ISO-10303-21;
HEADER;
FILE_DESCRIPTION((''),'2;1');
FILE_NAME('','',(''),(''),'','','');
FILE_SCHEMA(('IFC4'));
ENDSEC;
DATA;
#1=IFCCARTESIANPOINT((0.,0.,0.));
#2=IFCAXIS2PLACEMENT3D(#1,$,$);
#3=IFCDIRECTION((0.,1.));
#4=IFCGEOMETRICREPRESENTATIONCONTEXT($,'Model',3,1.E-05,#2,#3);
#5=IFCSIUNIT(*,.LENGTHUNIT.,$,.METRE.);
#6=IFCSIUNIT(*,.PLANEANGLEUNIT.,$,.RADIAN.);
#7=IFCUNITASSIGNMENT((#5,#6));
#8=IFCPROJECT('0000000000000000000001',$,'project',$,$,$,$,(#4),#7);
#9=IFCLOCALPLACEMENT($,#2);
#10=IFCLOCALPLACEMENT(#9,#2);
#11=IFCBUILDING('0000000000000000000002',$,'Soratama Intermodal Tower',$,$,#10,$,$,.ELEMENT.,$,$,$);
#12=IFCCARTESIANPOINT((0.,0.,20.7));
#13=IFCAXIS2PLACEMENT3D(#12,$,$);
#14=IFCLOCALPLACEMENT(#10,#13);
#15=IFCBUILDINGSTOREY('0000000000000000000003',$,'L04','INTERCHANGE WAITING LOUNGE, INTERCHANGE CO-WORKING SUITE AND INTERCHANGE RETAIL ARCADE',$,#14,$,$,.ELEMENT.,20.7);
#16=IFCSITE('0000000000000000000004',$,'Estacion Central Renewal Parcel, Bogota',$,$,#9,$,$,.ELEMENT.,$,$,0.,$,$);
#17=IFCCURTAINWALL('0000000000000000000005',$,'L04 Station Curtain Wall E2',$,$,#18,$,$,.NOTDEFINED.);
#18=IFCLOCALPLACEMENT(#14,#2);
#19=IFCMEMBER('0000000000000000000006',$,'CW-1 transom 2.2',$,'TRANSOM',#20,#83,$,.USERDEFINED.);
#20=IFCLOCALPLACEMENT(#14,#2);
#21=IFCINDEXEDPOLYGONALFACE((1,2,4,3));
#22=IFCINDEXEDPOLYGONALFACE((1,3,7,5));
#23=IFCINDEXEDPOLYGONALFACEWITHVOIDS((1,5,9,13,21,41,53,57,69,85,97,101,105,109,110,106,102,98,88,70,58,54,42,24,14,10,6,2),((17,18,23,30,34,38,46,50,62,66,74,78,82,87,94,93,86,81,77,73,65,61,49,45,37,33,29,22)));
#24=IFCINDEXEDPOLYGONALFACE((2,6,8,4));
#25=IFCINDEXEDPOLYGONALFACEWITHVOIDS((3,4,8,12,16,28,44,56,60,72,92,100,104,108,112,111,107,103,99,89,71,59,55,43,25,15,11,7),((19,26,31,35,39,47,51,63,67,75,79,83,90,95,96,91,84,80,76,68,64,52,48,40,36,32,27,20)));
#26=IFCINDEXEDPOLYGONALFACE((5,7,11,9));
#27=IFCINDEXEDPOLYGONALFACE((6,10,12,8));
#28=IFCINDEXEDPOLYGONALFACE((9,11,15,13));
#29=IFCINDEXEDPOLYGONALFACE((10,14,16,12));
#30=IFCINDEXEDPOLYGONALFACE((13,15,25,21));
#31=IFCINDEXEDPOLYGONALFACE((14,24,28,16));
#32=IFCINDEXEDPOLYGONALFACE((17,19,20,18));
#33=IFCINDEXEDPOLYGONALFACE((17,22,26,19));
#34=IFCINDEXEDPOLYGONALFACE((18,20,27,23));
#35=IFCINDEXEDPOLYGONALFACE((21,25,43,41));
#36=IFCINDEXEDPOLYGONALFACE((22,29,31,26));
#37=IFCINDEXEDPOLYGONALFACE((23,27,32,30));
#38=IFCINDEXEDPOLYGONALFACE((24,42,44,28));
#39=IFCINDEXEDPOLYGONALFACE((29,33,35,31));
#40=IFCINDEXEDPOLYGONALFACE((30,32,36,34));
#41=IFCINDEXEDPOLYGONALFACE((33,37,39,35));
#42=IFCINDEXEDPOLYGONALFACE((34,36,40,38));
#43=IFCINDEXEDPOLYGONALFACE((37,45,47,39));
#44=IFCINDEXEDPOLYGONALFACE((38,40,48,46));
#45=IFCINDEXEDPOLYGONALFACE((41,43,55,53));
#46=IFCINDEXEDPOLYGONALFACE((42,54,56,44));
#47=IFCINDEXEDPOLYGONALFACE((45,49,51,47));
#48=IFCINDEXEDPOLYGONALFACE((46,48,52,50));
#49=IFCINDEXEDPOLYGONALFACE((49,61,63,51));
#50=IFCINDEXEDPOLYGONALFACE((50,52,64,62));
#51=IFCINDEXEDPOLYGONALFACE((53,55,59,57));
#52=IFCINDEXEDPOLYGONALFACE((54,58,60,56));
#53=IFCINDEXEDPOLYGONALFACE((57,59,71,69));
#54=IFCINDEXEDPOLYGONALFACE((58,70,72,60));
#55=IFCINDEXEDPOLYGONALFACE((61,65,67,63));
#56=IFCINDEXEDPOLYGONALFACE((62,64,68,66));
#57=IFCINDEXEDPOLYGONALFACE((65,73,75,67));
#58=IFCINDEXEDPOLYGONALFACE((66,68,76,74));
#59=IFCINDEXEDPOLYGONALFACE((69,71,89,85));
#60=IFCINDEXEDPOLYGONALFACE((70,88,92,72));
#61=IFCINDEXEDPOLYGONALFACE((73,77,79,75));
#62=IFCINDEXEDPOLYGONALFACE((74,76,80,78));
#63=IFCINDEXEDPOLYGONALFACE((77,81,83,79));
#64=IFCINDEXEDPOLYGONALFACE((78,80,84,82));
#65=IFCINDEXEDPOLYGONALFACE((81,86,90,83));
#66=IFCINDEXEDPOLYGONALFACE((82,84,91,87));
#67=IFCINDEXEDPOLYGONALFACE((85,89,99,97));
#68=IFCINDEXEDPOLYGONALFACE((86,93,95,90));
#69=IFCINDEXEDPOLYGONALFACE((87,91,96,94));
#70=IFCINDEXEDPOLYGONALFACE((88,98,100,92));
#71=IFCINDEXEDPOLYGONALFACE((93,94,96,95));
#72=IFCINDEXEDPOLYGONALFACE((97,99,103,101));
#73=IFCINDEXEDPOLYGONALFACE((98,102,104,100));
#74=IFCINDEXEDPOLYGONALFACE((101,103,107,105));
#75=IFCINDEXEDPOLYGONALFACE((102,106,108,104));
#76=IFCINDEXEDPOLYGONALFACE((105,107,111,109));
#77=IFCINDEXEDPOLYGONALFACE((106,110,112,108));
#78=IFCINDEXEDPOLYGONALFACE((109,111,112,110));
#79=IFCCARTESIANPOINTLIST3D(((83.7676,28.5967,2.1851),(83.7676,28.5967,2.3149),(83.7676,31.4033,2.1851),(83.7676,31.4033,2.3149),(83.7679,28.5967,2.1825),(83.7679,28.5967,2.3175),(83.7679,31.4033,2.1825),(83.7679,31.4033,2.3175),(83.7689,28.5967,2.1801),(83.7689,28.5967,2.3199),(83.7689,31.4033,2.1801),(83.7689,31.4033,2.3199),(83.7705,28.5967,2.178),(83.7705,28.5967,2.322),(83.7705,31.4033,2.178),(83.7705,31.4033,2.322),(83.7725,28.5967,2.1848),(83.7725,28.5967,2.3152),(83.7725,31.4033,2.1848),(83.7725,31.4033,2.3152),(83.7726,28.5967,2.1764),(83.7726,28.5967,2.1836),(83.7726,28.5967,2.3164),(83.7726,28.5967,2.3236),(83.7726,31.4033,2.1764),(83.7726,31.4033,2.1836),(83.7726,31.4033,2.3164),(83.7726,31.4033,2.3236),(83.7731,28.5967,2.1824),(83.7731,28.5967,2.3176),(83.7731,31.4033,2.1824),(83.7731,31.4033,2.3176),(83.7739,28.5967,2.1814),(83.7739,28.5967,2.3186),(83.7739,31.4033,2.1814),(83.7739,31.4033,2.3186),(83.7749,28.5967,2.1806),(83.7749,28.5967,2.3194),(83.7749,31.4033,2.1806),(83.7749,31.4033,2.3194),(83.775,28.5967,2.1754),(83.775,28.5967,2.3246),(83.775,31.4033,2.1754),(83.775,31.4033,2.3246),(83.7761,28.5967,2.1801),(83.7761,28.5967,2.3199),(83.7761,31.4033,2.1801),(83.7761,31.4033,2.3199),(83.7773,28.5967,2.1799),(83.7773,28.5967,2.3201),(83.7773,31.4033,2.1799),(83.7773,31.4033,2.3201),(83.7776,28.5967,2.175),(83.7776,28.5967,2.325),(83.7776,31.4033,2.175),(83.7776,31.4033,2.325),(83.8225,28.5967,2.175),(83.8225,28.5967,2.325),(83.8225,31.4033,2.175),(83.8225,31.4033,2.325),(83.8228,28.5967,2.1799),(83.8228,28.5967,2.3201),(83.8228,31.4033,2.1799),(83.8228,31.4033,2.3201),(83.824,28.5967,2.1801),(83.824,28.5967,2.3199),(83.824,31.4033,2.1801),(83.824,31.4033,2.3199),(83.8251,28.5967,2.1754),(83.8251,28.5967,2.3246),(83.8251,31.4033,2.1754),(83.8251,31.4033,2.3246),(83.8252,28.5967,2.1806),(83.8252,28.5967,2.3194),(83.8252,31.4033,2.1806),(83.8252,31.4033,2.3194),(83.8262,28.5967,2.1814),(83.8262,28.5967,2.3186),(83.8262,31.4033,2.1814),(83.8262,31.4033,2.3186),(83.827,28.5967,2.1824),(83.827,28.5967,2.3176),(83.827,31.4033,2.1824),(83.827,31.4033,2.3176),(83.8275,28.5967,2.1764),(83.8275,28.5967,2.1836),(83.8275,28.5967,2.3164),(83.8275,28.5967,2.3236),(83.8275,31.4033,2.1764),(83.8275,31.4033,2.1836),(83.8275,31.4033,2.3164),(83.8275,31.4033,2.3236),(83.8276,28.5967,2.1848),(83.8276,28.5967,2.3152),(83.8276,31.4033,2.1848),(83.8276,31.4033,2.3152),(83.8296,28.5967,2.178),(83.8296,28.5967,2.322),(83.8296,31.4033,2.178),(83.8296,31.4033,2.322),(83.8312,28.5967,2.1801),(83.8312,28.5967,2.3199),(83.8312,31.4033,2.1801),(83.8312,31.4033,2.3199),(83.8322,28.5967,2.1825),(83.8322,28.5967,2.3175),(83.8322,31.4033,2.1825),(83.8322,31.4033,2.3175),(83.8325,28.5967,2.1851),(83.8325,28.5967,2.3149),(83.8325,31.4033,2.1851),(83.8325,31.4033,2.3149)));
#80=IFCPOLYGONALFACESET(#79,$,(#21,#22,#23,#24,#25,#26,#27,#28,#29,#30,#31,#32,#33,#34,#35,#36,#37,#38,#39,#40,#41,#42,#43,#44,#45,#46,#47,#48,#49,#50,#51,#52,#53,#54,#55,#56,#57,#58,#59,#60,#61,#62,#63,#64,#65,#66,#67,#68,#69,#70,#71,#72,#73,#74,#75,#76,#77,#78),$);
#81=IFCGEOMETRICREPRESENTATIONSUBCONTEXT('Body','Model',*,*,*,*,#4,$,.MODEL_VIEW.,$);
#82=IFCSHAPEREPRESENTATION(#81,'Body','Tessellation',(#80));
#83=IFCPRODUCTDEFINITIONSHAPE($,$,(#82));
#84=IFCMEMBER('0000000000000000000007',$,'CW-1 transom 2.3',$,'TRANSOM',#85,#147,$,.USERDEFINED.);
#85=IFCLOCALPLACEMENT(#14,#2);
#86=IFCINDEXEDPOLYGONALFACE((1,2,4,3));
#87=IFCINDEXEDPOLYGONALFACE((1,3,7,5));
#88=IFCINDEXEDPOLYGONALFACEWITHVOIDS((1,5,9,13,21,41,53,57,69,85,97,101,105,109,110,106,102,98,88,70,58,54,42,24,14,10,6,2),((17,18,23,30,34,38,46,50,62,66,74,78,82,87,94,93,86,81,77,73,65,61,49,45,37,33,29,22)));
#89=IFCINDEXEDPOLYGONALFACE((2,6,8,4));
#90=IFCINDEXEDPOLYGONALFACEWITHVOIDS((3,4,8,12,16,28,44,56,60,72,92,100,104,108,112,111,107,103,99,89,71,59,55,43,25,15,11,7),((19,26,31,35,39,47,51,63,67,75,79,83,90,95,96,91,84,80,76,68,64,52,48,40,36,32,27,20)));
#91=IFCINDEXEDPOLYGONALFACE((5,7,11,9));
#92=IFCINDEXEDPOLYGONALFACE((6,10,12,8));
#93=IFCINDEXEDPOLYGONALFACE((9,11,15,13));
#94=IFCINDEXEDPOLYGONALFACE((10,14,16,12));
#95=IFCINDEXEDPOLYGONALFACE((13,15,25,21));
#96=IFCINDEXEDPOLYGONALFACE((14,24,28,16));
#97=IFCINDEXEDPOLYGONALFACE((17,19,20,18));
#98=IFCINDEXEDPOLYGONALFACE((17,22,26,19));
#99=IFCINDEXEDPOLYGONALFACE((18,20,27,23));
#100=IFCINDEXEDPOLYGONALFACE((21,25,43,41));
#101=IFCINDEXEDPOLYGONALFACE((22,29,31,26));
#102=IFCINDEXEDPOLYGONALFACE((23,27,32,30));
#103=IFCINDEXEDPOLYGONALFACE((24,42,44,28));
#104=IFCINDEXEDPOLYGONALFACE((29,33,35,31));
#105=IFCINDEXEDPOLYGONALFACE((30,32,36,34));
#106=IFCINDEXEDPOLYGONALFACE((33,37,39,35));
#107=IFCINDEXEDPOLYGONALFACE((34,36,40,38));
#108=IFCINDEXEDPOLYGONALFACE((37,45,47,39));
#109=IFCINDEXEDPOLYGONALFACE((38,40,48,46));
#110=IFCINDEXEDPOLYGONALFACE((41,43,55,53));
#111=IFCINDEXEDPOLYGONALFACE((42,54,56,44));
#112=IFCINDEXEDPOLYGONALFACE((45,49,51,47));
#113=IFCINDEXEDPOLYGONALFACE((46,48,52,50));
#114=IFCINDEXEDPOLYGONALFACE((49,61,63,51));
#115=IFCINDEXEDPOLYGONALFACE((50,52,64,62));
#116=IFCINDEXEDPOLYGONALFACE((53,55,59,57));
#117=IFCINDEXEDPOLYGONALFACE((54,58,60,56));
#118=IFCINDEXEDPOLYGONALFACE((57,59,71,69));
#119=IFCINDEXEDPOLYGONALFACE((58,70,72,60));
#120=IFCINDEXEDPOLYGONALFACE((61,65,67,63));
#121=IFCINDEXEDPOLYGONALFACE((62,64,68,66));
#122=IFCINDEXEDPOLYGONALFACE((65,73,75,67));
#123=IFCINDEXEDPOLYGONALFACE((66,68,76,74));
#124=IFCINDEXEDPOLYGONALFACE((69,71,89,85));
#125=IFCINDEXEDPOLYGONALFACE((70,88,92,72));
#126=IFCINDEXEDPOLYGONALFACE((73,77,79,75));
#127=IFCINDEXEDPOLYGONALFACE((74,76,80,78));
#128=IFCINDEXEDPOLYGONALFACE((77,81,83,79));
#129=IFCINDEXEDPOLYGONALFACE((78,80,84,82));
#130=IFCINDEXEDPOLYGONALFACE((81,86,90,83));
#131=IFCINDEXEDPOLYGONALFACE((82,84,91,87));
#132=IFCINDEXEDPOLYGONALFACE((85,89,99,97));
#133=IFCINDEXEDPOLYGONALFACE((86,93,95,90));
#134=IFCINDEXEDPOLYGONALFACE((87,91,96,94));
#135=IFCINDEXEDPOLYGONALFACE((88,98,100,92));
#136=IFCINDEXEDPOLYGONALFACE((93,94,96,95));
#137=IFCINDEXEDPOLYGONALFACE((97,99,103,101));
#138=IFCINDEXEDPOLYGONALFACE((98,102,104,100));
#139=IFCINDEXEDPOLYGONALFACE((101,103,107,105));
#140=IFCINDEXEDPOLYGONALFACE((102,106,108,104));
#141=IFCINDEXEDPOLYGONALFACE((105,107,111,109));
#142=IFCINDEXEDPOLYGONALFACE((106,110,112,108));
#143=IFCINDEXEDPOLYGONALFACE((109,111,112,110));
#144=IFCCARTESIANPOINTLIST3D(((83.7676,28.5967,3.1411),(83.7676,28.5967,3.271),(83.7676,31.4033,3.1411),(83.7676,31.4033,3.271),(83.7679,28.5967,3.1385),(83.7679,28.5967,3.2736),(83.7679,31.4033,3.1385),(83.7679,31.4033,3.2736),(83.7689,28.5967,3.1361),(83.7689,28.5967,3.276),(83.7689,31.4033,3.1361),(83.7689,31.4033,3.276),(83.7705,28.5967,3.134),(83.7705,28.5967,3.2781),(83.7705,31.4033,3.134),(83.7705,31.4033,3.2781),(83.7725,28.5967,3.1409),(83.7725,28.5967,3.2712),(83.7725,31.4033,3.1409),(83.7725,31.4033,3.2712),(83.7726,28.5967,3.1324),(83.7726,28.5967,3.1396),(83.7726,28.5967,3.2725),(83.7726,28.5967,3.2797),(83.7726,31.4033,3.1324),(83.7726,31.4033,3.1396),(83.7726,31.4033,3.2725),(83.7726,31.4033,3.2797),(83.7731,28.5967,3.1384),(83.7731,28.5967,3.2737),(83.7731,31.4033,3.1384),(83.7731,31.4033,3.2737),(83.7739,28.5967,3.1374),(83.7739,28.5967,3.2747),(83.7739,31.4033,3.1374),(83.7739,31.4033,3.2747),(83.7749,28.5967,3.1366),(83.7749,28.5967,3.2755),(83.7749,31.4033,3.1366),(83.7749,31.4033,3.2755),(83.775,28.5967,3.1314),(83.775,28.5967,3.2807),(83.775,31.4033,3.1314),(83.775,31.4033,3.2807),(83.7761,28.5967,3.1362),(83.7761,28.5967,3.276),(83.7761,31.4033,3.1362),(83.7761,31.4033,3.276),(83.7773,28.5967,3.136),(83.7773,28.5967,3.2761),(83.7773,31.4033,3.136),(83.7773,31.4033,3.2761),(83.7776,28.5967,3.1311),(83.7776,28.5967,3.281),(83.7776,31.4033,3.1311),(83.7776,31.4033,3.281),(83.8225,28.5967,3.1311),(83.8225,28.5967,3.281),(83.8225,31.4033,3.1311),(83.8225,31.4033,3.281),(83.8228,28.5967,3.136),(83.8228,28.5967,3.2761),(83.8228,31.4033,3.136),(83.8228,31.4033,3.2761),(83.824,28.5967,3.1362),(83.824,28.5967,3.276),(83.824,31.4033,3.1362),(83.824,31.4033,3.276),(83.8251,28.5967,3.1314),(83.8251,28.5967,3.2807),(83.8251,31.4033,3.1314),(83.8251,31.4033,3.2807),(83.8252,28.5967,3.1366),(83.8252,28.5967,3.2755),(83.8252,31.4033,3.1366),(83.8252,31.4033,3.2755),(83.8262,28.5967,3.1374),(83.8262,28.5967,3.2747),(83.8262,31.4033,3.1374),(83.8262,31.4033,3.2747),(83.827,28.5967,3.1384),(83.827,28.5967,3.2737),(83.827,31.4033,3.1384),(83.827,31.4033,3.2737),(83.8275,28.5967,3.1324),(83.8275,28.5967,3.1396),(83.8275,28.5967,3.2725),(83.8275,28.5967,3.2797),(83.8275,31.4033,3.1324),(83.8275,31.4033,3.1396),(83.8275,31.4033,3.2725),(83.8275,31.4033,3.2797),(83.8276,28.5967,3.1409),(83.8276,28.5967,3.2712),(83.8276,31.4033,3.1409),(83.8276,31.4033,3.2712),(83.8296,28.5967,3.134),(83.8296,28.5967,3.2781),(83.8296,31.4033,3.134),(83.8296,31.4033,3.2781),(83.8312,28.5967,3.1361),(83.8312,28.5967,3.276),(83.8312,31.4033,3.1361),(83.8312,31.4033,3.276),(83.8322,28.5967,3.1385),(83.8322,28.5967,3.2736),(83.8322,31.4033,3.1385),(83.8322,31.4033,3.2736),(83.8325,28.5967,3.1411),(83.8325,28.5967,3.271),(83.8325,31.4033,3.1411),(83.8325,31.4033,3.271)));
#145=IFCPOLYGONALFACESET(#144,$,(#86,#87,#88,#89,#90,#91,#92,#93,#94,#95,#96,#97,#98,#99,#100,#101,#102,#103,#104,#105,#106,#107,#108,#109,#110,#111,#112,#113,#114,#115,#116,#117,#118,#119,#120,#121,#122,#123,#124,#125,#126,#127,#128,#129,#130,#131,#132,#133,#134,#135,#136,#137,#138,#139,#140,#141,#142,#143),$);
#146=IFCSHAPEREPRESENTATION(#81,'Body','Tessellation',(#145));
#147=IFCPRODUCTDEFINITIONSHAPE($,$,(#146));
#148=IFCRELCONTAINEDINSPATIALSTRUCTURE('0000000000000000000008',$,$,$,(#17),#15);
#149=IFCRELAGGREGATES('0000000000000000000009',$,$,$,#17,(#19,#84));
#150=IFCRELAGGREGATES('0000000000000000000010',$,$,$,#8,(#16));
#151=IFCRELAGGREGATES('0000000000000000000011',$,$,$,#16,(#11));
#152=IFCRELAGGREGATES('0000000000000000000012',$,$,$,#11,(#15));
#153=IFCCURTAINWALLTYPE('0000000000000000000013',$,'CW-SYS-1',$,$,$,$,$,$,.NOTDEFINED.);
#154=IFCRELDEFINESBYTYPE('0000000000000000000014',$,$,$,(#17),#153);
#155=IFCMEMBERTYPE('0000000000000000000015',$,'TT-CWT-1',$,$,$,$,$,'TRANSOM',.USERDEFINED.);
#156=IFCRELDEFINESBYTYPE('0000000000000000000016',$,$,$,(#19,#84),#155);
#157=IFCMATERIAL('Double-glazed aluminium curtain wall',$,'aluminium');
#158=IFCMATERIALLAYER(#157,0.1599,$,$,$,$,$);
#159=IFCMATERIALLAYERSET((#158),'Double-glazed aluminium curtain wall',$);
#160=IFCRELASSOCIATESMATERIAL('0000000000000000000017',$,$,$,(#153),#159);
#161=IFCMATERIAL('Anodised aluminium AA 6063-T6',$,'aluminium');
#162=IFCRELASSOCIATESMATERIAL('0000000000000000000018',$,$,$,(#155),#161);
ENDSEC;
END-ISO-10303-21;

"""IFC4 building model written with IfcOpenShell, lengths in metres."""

from ifc_helpers import new_model, si_unit, direction, frame, origin, origin_2d, place, context, subcontext, project, spatial, hollow_rectangle, extrude, material, layer, layer_set, material_profile, profile_set, type_object, element, aggregate, save


model = new_model("IFC4")

# Units and contexts
model_context = context("Model", 3, precision=1e-05, world=origin(), true_north=direction((0.0, 1.0)))
body_context = subcontext(model_context, "Body", "Model", "MODEL_VIEW")
ifc_project = project(units=[si_unit("LENGTHUNIT", "METRE"), si_unit("PLANEANGLEUNIT", "RADIAN")], contexts=[model_context])

# Site, building, storey
site_placement = place(None, origin())
site = spatial("IfcSite", under=ifc_project, at=site_placement, Name="Estacion Central Renewal Parcel, Bogota", CompositionType="ELEMENT", RefElevation=0.0)
building_placement = place(site_placement, origin())
building = spatial("IfcBuilding", under=site, at=building_placement, Name="Soratama Intermodal Tower", CompositionType="ELEMENT")
storey_placement = place(building_placement, frame((0.0, 0.0, 20.7)))
storey = spatial("IfcBuildingStorey", under=building, at=storey_placement, Name="L04", Description="INTERCHANGE WAITING LOUNGE, INTERCHANGE CO-WORKING SUITE AND INTERCHANGE RETAIL ARCADE", CompositionType="ELEMENT", Elevation=20.7)

# Curtain wall, members
ifc_material_1 = material(Name="Double-glazed aluminium curtain wall", Category="aluminium")
ifc_layer_1 = layer(ifc_material_1, 0.1599)
ifc_layer_set_1 = layer_set([ifc_layer_1], Name="Double-glazed aluminium curtain wall")
curtain_wall_type = type_object("IfcCurtainWallType", Name="CW-SYS-1", PredefinedType="NOTDEFINED", material=ifc_layer_set_1)
curtain_wall_placement = place(storey_placement, origin())
curtain_wall = element("IfcCurtainWall", 1, at=curtain_wall_placement, inside=storey, type_object=curtain_wall_type, Name="L04 Station Curtain Wall E2", PredefinedType="NOTDEFINED")
ifc_material_2 = material(Name="Anodised aluminium AA 6063-T6", Category="aluminium")
ifc_material_profile_1 = material_profile(ifc_material_2, hollow_rectangle(XDim=0.0649, YDim=0.1499, WallThickness=0.0049, InnerFilletRadius=0.0049, OuterFilletRadius=0.01, at=origin_2d()), Name="CWT150X65X5")
ifc_profile_set_1 = profile_set([ifc_material_profile_1], Name="Anodised aluminium AA 6063-T6")
member_type_1 = type_object("IfcMemberType", Name="TT-CWT-1", ElementType="TRANSOM", PredefinedType="USERDEFINED", material=ifc_profile_set_1)
member_1_placement = place(storey_placement, frame((83.8, 28.5967, 2.25), z_axis=(0.0, 1.0, 0.0), x_axis=(-1.0, 0.0, 0.0)))
member_1 = element("IfcMember", 2, at=member_1_placement, type_object=member_type_1, Name="CW-1 transom 2.2", ObjectType="TRANSOM", PredefinedType="USERDEFINED", context=body_context, shape_type="SweptSolid", body=[
    extrude(hollow_rectangle(XDim=0.0649, YDim=0.1499, WallThickness=0.0049, InnerFilletRadius=0.0049, OuterFilletRadius=0.01, at=origin_2d()), origin(), (0.0, 0.0, 1.0), 2.8066),
])
member_2_placement = place(storey_placement, frame((83.8, 28.5967, 3.2061), z_axis=(0.0, 1.0, 0.0), x_axis=(-1.0, 0.0, 0.0)))
member_2 = element("IfcMember", 3, at=member_2_placement, type_object=member_type_1, Name="CW-1 transom 2.3", ObjectType="TRANSOM", PredefinedType="USERDEFINED", context=body_context, shape_type="SweptSolid", body=[
    extrude(hollow_rectangle(XDim=0.0649, YDim=0.1499, WallThickness=0.0049, InnerFilletRadius=0.0049, OuterFilletRadius=0.01, at=origin_2d()), origin(), (0.0, 0.0, 1.0), 2.8066),
])
aggregate(curtain_wall, [member_1, member_2])

save(model, "model.ifc")
